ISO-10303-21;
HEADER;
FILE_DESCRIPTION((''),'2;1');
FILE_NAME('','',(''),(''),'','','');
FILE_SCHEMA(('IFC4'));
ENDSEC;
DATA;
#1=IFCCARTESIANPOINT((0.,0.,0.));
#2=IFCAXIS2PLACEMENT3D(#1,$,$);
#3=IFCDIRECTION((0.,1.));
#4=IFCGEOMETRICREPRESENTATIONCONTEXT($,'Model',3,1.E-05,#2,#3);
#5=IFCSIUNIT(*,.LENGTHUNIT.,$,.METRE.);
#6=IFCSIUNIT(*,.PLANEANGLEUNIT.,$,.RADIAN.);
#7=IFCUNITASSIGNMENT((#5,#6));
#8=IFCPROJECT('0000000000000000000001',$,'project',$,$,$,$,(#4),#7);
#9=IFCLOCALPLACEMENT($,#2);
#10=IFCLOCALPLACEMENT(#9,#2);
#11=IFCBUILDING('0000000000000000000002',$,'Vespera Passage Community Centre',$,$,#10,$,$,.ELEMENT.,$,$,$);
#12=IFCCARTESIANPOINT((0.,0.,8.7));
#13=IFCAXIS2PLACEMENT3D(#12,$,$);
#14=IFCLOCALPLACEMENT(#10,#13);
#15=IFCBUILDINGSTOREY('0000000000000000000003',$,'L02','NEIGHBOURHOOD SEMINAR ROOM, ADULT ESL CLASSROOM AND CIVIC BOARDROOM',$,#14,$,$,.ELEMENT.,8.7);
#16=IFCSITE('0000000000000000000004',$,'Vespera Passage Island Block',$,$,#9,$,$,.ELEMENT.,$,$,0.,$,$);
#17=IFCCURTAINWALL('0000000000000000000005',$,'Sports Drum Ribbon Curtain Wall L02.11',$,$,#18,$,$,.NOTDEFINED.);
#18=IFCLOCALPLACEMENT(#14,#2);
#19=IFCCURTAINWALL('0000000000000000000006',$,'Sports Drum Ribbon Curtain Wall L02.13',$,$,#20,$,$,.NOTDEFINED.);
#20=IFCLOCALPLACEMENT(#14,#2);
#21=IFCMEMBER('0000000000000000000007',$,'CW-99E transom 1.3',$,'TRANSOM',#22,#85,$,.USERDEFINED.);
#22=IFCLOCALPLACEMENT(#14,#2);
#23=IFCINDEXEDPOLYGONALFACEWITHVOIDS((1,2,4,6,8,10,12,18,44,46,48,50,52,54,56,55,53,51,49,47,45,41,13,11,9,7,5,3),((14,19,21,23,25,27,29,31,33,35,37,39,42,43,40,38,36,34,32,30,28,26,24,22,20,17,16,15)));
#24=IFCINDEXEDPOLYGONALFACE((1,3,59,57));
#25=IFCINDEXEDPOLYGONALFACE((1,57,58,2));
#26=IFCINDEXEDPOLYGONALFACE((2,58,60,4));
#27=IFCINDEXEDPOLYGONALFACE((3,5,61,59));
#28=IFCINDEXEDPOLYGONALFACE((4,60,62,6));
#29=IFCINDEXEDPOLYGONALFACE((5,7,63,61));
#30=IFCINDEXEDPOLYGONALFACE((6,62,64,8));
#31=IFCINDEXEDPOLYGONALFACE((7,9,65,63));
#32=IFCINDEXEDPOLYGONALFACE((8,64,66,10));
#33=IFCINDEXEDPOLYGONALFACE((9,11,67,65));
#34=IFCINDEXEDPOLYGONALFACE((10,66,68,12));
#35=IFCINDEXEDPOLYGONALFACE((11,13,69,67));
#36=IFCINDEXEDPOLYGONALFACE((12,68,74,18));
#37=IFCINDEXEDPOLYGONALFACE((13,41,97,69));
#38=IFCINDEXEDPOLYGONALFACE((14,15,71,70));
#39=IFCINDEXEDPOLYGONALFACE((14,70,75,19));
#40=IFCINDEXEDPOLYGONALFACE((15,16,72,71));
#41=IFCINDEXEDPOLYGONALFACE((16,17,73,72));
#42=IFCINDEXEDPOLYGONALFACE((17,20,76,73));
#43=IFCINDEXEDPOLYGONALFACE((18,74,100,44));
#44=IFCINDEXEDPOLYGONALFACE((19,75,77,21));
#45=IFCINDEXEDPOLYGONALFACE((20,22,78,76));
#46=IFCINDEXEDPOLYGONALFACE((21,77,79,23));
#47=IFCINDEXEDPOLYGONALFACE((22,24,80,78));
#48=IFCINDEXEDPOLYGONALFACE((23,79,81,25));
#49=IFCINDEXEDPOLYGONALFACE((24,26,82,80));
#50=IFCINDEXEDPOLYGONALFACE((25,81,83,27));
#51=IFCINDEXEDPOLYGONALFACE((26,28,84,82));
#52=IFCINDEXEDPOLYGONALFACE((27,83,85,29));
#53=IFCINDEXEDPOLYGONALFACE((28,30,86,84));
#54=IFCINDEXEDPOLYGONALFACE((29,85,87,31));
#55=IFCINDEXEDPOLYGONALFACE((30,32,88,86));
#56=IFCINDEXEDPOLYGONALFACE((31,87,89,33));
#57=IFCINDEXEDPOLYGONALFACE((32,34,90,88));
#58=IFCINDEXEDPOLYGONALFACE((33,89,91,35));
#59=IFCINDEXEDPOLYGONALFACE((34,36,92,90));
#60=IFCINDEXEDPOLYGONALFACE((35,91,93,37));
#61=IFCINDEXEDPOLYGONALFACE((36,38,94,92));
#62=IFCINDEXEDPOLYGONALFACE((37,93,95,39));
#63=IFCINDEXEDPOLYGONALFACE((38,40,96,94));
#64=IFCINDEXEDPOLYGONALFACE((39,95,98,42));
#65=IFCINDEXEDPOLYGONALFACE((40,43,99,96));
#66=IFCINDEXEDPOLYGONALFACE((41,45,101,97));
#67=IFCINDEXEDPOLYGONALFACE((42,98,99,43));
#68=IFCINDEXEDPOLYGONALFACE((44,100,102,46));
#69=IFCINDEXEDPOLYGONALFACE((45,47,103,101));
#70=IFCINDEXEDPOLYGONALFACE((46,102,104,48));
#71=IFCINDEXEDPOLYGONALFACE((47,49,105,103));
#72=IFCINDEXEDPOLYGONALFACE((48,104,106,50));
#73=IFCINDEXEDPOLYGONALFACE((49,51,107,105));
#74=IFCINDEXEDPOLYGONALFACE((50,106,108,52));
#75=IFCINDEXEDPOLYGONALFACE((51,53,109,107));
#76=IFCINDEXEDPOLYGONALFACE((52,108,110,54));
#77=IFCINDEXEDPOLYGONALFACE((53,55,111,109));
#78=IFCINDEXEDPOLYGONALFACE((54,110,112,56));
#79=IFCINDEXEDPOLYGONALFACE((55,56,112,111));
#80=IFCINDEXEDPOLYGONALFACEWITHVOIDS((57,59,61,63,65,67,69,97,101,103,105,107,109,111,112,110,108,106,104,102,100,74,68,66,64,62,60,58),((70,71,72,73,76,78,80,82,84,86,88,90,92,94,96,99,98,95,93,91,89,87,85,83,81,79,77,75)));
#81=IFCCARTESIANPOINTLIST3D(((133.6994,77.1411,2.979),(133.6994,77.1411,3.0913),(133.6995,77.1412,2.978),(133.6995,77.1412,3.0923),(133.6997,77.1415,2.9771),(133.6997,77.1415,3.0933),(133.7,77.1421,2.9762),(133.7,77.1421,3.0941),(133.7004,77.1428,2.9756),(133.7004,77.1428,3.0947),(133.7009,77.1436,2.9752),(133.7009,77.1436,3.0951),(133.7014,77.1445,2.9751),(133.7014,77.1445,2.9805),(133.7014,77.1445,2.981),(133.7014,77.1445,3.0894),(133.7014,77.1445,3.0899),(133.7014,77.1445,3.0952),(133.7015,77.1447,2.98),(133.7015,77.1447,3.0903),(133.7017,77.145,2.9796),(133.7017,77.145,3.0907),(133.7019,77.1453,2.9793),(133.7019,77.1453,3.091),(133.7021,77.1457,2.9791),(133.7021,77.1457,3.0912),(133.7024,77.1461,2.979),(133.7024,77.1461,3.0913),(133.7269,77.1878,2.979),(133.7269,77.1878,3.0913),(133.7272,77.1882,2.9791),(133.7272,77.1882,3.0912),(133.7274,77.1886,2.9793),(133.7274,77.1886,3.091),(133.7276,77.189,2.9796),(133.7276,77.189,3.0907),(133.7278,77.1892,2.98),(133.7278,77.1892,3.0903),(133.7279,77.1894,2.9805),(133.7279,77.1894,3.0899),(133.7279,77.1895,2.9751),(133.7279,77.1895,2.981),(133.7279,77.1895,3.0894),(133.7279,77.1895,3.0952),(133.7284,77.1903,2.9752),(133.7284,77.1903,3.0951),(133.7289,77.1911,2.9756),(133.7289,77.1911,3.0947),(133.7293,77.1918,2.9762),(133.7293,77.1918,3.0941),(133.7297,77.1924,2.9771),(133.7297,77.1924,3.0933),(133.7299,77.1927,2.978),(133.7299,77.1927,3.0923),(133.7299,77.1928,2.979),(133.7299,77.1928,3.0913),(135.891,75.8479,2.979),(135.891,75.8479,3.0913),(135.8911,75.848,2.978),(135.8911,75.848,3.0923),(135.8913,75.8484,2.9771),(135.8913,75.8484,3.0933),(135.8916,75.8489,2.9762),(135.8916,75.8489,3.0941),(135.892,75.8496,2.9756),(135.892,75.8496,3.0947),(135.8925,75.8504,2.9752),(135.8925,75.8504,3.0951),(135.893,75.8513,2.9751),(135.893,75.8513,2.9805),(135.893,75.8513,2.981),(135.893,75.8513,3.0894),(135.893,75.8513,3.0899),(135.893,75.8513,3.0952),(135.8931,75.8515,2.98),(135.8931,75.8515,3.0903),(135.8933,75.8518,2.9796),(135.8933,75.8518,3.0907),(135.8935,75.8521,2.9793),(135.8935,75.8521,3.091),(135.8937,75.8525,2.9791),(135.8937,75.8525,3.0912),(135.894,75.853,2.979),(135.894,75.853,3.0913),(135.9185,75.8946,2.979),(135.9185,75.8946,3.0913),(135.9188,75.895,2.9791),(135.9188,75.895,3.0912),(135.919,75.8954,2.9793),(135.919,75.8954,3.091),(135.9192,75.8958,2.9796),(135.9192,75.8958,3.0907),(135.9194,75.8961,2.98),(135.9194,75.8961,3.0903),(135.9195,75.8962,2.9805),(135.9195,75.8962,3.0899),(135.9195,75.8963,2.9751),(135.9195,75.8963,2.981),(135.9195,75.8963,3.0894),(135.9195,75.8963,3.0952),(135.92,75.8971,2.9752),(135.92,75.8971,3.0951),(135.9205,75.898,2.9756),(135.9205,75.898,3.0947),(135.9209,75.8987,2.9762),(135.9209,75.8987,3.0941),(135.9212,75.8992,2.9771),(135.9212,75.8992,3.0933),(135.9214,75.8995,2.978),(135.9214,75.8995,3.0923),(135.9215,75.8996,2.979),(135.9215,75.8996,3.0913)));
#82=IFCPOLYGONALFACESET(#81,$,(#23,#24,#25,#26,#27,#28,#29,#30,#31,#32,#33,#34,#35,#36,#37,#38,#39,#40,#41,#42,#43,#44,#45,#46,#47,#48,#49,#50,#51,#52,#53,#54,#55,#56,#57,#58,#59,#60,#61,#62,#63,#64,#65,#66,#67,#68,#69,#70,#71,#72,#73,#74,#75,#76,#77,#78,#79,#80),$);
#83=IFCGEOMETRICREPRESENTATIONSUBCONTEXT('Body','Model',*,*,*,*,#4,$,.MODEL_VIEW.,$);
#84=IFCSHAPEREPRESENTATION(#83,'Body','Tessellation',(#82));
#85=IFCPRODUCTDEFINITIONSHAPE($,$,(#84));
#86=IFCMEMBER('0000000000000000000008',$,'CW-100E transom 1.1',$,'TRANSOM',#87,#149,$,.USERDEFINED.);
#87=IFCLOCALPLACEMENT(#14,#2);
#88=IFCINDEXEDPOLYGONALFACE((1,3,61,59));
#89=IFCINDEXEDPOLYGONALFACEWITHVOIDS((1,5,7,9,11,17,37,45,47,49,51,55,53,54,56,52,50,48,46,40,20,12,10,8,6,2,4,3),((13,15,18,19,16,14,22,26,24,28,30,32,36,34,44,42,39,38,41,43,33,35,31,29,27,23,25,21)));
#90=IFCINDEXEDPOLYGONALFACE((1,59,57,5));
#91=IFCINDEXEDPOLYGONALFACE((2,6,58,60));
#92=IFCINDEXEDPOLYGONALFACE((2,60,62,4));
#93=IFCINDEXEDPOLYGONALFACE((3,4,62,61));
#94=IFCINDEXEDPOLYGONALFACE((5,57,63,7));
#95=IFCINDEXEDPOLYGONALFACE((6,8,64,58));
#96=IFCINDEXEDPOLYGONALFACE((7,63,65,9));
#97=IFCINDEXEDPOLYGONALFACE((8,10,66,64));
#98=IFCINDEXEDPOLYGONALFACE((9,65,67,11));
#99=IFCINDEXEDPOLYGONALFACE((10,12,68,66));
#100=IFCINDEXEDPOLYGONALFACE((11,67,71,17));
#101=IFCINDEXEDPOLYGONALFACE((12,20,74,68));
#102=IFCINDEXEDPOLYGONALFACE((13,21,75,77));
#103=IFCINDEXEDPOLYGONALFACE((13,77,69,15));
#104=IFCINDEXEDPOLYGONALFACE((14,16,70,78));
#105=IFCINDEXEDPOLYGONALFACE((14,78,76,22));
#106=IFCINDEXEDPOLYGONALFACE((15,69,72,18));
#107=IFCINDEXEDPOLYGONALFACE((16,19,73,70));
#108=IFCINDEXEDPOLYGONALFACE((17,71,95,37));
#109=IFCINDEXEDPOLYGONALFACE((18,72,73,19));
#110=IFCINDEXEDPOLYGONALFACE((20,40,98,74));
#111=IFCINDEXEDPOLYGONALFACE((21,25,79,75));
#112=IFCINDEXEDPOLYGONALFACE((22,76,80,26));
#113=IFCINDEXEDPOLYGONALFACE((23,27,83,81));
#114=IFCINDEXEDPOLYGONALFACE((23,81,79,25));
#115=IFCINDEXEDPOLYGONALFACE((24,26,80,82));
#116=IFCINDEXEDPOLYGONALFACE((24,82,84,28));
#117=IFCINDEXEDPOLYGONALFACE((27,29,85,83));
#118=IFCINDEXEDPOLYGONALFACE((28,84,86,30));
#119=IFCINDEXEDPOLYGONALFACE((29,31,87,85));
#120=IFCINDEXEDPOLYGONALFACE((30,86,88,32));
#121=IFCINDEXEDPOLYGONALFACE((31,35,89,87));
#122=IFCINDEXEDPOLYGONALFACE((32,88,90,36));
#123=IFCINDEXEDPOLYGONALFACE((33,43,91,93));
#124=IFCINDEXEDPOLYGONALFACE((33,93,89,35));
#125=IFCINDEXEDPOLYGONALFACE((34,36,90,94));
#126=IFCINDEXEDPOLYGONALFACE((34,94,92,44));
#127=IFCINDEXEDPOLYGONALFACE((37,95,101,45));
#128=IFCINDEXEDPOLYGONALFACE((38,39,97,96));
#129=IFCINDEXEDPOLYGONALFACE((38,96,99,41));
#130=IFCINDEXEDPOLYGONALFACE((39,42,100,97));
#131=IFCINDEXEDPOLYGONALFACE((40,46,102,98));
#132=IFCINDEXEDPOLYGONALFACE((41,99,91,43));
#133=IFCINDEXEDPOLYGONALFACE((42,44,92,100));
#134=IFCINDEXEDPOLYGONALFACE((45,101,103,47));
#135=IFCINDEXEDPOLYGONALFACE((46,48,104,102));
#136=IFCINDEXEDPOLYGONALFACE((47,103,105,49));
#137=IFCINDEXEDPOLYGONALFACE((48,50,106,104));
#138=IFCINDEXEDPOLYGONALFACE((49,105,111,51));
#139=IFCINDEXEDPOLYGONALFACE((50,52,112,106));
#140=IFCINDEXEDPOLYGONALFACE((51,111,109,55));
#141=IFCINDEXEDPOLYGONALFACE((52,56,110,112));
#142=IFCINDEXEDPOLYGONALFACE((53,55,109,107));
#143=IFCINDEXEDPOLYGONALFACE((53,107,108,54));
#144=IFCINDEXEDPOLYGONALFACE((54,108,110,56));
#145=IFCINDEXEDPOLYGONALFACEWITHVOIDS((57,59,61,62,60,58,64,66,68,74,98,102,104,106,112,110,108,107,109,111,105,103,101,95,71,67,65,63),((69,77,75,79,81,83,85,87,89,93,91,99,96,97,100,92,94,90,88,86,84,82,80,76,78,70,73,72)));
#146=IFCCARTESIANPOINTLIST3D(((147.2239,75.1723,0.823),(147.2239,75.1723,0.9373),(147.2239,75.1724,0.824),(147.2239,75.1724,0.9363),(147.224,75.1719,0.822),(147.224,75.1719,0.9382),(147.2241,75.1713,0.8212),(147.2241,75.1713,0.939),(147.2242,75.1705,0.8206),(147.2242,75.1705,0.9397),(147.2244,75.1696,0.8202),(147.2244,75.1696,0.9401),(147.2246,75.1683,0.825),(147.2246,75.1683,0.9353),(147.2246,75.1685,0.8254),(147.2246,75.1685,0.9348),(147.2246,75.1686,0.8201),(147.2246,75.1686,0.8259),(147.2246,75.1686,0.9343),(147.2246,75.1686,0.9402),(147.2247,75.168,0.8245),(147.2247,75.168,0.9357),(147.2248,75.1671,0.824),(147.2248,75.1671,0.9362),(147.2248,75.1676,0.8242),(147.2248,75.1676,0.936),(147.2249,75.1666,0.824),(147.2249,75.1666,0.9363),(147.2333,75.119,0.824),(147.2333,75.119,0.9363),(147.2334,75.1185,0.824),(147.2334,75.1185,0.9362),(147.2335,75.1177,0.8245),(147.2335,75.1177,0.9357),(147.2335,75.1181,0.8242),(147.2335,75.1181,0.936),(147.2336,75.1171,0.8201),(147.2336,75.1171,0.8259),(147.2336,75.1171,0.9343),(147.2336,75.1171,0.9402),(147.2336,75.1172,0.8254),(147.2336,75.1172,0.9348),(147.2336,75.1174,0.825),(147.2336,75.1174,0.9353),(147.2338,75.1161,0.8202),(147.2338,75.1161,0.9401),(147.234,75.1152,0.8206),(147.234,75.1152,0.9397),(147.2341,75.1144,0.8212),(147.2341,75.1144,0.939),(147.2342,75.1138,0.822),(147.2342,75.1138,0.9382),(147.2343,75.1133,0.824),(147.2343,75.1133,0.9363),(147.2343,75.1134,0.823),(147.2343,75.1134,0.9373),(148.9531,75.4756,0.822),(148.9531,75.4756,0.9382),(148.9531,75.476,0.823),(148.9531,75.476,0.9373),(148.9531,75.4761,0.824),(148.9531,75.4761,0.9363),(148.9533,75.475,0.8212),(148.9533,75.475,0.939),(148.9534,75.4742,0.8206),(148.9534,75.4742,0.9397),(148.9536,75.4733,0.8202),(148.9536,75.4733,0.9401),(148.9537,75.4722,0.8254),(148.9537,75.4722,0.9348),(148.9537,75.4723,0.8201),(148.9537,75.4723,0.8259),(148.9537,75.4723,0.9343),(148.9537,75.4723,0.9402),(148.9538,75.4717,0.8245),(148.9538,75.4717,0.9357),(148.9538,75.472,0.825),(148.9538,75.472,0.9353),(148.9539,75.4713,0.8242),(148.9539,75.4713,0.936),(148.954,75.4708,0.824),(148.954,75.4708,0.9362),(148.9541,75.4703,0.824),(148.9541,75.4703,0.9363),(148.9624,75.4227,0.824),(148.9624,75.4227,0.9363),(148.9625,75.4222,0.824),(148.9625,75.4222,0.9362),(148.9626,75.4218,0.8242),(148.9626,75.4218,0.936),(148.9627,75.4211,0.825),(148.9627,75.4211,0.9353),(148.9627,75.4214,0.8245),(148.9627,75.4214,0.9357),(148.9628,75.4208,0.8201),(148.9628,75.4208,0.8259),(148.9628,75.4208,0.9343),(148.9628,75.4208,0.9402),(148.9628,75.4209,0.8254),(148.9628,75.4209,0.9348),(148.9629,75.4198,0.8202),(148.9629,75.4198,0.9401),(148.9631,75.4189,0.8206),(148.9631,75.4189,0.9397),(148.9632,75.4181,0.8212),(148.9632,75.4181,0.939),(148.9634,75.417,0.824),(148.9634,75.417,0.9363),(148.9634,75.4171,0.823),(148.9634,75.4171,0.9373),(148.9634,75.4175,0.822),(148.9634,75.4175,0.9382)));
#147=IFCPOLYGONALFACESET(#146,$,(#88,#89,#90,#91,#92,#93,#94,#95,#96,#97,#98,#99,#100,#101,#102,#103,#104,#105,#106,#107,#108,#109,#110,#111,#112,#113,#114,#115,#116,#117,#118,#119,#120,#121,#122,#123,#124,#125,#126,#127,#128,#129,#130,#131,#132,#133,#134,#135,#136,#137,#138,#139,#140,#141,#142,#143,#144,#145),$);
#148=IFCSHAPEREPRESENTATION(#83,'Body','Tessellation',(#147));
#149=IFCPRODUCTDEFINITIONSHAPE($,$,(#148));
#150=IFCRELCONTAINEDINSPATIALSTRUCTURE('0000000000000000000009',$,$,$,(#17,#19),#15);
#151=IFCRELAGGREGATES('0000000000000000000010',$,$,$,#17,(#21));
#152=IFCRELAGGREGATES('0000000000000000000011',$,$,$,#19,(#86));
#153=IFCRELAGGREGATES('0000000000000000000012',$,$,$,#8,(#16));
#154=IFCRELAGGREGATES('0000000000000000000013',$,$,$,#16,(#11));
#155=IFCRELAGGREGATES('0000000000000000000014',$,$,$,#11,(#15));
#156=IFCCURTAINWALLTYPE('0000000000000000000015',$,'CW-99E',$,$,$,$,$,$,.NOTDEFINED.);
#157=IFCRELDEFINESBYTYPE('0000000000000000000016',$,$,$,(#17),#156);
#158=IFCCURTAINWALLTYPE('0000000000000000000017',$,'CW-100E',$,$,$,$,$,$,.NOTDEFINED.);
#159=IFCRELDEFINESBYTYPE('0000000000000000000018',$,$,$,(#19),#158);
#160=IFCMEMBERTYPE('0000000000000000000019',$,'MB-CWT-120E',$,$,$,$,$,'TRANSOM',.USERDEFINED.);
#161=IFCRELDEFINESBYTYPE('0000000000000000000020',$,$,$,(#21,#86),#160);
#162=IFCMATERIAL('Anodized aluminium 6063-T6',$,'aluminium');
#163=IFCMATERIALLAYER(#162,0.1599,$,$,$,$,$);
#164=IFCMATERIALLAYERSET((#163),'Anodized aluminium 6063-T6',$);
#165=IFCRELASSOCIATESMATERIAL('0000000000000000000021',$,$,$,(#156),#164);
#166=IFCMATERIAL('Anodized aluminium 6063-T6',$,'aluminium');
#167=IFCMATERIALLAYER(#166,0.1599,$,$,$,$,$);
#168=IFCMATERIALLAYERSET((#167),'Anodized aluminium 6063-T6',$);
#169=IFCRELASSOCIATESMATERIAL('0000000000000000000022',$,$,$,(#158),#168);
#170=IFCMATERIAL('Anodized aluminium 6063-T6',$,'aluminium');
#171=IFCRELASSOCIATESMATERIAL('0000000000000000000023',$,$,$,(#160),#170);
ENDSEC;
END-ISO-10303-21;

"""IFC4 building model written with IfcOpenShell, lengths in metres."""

from ifc_helpers import new_model, si_unit, direction, frame, origin, origin_2d, place, context, subcontext, project, spatial, hollow_rectangle, extrude, material, layer, layer_set, material_profile, profile_set, type_object, element, aggregate, save


model = new_model("IFC4")

# Units and contexts
model_context = context("Model", 3, precision=1e-05, world=origin(), true_north=direction((0.0, 1.0)))
body_context = subcontext(model_context, "Body", "Model", "MODEL_VIEW")
ifc_project = project(units=[si_unit("LENGTHUNIT", "METRE"), si_unit("PLANEANGLEUNIT", "RADIAN")], contexts=[model_context])

# Site, building, storey
site_placement = place(None, origin())
site = spatial("IfcSite", under=ifc_project, at=site_placement, Name="Vespera Passage Island Block", CompositionType="ELEMENT", RefElevation=0.0)
building_placement = place(site_placement, origin())
building = spatial("IfcBuilding", under=site, at=building_placement, Name="Vespera Passage Community Centre", CompositionType="ELEMENT")
storey_placement = place(building_placement, frame((0.0, 0.0, 8.7)))
storey = spatial("IfcBuildingStorey", under=building, at=storey_placement, Name="L02", Description="NEIGHBOURHOOD SEMINAR ROOM, ADULT ESL CLASSROOM AND CIVIC BOARDROOM", CompositionType="ELEMENT", Elevation=8.7)

# Curtain wall
ifc_material_1 = material(Name="Anodized aluminium 6063-T6", Category="aluminium")
ifc_layer_1 = layer(ifc_material_1, 0.1599)
ifc_layer_set_1 = layer_set([ifc_layer_1], Name="Anodized aluminium 6063-T6")
curtain_wall_type_1 = type_object("IfcCurtainWallType", Name="CW-99E", PredefinedType="NOTDEFINED", material=ifc_layer_set_1)
curtain_wall_1_placement = place(storey_placement, origin())
curtain_wall_1 = element("IfcCurtainWall", 1, at=curtain_wall_1_placement, inside=storey, type_object=curtain_wall_type_1, Name="Sports Drum Ribbon Curtain Wall L02.11", PredefinedType="NOTDEFINED")

# Curtain wall
ifc_material_2 = material(Name="Anodized aluminium 6063-T6", Category="aluminium")
ifc_layer_2 = layer(ifc_material_2, 0.1599)
ifc_layer_set_2 = layer_set([ifc_layer_2], Name="Anodized aluminium 6063-T6")
curtain_wall_type_2 = type_object("IfcCurtainWallType", Name="CW-100E", PredefinedType="NOTDEFINED", material=ifc_layer_set_2)
curtain_wall_2_placement = place(storey_placement, origin())
curtain_wall_2 = element("IfcCurtainWall", 2, at=curtain_wall_2_placement, inside=storey, type_object=curtain_wall_type_2, Name="Sports Drum Ribbon Curtain Wall L02.13", PredefinedType="NOTDEFINED")

# Members
ifc_material_3 = material(Name="Anodized aluminium 6063-T6", Category="aluminium")
ifc_material_profile_1 = material_profile(ifc_material_3, hollow_rectangle(XDim=0.0601, YDim=0.1201, WallThickness=0.0039, InnerFilletRadius=0.002, OuterFilletRadius=0.0039, at=origin_2d()), Name="ALU120X60X4")
ifc_profile_set_1 = profile_set([ifc_material_profile_1], Name="Anodized aluminium 6063-T6")
member_type_1 = type_object("IfcMemberType", Name="MB-CWT-120E", ElementType="TRANSOM", PredefinedType="USERDEFINED", material=ifc_profile_set_1)
member_1_placement = place(storey_placement, frame((135.9062, 75.8738, 3.0352), z_axis=(-0.861245, 0.508189, 0.0), x_axis=(-0.508189, -0.861245, 0.0)))
member_1 = element("IfcMember", 3, at=member_1_placement, type_object=member_type_1, Name="CW-99E transom 1.3", ObjectType="TRANSOM", PredefinedType="USERDEFINED", context=body_context, shape_type="SweptSolid", body=[
    extrude(hollow_rectangle(XDim=0.0601, YDim=0.1201, WallThickness=0.0039, InnerFilletRadius=0.002, OuterFilletRadius=0.0039, at=origin_2d()), origin(), (0.0, 0.0, 1.0), 2.5447),
])
member_2_placement = place(storey_placement, frame((148.9583, 75.4465, 0.8801), z_axis=(-0.984925, -0.172984, 0.0), x_axis=(0.172984, -0.984925, 0.0)))
member_2 = element("IfcMember", 4, at=member_2_placement, type_object=member_type_1, Name="CW-100E transom 1.1", ObjectType="TRANSOM", PredefinedType="USERDEFINED", context=body_context, shape_type="SweptSolid", body=[
    extrude(hollow_rectangle(XDim=0.0601, YDim=0.1201, WallThickness=0.0039, InnerFilletRadius=0.002, OuterFilletRadius=0.0039, at=origin_2d()), origin(), (0.0, 0.0, 1.0), 1.7556),
])

aggregate(curtain_wall_1, [member_1])
aggregate(curtain_wall_2, [member_2])

save(model, "model.ifc")
